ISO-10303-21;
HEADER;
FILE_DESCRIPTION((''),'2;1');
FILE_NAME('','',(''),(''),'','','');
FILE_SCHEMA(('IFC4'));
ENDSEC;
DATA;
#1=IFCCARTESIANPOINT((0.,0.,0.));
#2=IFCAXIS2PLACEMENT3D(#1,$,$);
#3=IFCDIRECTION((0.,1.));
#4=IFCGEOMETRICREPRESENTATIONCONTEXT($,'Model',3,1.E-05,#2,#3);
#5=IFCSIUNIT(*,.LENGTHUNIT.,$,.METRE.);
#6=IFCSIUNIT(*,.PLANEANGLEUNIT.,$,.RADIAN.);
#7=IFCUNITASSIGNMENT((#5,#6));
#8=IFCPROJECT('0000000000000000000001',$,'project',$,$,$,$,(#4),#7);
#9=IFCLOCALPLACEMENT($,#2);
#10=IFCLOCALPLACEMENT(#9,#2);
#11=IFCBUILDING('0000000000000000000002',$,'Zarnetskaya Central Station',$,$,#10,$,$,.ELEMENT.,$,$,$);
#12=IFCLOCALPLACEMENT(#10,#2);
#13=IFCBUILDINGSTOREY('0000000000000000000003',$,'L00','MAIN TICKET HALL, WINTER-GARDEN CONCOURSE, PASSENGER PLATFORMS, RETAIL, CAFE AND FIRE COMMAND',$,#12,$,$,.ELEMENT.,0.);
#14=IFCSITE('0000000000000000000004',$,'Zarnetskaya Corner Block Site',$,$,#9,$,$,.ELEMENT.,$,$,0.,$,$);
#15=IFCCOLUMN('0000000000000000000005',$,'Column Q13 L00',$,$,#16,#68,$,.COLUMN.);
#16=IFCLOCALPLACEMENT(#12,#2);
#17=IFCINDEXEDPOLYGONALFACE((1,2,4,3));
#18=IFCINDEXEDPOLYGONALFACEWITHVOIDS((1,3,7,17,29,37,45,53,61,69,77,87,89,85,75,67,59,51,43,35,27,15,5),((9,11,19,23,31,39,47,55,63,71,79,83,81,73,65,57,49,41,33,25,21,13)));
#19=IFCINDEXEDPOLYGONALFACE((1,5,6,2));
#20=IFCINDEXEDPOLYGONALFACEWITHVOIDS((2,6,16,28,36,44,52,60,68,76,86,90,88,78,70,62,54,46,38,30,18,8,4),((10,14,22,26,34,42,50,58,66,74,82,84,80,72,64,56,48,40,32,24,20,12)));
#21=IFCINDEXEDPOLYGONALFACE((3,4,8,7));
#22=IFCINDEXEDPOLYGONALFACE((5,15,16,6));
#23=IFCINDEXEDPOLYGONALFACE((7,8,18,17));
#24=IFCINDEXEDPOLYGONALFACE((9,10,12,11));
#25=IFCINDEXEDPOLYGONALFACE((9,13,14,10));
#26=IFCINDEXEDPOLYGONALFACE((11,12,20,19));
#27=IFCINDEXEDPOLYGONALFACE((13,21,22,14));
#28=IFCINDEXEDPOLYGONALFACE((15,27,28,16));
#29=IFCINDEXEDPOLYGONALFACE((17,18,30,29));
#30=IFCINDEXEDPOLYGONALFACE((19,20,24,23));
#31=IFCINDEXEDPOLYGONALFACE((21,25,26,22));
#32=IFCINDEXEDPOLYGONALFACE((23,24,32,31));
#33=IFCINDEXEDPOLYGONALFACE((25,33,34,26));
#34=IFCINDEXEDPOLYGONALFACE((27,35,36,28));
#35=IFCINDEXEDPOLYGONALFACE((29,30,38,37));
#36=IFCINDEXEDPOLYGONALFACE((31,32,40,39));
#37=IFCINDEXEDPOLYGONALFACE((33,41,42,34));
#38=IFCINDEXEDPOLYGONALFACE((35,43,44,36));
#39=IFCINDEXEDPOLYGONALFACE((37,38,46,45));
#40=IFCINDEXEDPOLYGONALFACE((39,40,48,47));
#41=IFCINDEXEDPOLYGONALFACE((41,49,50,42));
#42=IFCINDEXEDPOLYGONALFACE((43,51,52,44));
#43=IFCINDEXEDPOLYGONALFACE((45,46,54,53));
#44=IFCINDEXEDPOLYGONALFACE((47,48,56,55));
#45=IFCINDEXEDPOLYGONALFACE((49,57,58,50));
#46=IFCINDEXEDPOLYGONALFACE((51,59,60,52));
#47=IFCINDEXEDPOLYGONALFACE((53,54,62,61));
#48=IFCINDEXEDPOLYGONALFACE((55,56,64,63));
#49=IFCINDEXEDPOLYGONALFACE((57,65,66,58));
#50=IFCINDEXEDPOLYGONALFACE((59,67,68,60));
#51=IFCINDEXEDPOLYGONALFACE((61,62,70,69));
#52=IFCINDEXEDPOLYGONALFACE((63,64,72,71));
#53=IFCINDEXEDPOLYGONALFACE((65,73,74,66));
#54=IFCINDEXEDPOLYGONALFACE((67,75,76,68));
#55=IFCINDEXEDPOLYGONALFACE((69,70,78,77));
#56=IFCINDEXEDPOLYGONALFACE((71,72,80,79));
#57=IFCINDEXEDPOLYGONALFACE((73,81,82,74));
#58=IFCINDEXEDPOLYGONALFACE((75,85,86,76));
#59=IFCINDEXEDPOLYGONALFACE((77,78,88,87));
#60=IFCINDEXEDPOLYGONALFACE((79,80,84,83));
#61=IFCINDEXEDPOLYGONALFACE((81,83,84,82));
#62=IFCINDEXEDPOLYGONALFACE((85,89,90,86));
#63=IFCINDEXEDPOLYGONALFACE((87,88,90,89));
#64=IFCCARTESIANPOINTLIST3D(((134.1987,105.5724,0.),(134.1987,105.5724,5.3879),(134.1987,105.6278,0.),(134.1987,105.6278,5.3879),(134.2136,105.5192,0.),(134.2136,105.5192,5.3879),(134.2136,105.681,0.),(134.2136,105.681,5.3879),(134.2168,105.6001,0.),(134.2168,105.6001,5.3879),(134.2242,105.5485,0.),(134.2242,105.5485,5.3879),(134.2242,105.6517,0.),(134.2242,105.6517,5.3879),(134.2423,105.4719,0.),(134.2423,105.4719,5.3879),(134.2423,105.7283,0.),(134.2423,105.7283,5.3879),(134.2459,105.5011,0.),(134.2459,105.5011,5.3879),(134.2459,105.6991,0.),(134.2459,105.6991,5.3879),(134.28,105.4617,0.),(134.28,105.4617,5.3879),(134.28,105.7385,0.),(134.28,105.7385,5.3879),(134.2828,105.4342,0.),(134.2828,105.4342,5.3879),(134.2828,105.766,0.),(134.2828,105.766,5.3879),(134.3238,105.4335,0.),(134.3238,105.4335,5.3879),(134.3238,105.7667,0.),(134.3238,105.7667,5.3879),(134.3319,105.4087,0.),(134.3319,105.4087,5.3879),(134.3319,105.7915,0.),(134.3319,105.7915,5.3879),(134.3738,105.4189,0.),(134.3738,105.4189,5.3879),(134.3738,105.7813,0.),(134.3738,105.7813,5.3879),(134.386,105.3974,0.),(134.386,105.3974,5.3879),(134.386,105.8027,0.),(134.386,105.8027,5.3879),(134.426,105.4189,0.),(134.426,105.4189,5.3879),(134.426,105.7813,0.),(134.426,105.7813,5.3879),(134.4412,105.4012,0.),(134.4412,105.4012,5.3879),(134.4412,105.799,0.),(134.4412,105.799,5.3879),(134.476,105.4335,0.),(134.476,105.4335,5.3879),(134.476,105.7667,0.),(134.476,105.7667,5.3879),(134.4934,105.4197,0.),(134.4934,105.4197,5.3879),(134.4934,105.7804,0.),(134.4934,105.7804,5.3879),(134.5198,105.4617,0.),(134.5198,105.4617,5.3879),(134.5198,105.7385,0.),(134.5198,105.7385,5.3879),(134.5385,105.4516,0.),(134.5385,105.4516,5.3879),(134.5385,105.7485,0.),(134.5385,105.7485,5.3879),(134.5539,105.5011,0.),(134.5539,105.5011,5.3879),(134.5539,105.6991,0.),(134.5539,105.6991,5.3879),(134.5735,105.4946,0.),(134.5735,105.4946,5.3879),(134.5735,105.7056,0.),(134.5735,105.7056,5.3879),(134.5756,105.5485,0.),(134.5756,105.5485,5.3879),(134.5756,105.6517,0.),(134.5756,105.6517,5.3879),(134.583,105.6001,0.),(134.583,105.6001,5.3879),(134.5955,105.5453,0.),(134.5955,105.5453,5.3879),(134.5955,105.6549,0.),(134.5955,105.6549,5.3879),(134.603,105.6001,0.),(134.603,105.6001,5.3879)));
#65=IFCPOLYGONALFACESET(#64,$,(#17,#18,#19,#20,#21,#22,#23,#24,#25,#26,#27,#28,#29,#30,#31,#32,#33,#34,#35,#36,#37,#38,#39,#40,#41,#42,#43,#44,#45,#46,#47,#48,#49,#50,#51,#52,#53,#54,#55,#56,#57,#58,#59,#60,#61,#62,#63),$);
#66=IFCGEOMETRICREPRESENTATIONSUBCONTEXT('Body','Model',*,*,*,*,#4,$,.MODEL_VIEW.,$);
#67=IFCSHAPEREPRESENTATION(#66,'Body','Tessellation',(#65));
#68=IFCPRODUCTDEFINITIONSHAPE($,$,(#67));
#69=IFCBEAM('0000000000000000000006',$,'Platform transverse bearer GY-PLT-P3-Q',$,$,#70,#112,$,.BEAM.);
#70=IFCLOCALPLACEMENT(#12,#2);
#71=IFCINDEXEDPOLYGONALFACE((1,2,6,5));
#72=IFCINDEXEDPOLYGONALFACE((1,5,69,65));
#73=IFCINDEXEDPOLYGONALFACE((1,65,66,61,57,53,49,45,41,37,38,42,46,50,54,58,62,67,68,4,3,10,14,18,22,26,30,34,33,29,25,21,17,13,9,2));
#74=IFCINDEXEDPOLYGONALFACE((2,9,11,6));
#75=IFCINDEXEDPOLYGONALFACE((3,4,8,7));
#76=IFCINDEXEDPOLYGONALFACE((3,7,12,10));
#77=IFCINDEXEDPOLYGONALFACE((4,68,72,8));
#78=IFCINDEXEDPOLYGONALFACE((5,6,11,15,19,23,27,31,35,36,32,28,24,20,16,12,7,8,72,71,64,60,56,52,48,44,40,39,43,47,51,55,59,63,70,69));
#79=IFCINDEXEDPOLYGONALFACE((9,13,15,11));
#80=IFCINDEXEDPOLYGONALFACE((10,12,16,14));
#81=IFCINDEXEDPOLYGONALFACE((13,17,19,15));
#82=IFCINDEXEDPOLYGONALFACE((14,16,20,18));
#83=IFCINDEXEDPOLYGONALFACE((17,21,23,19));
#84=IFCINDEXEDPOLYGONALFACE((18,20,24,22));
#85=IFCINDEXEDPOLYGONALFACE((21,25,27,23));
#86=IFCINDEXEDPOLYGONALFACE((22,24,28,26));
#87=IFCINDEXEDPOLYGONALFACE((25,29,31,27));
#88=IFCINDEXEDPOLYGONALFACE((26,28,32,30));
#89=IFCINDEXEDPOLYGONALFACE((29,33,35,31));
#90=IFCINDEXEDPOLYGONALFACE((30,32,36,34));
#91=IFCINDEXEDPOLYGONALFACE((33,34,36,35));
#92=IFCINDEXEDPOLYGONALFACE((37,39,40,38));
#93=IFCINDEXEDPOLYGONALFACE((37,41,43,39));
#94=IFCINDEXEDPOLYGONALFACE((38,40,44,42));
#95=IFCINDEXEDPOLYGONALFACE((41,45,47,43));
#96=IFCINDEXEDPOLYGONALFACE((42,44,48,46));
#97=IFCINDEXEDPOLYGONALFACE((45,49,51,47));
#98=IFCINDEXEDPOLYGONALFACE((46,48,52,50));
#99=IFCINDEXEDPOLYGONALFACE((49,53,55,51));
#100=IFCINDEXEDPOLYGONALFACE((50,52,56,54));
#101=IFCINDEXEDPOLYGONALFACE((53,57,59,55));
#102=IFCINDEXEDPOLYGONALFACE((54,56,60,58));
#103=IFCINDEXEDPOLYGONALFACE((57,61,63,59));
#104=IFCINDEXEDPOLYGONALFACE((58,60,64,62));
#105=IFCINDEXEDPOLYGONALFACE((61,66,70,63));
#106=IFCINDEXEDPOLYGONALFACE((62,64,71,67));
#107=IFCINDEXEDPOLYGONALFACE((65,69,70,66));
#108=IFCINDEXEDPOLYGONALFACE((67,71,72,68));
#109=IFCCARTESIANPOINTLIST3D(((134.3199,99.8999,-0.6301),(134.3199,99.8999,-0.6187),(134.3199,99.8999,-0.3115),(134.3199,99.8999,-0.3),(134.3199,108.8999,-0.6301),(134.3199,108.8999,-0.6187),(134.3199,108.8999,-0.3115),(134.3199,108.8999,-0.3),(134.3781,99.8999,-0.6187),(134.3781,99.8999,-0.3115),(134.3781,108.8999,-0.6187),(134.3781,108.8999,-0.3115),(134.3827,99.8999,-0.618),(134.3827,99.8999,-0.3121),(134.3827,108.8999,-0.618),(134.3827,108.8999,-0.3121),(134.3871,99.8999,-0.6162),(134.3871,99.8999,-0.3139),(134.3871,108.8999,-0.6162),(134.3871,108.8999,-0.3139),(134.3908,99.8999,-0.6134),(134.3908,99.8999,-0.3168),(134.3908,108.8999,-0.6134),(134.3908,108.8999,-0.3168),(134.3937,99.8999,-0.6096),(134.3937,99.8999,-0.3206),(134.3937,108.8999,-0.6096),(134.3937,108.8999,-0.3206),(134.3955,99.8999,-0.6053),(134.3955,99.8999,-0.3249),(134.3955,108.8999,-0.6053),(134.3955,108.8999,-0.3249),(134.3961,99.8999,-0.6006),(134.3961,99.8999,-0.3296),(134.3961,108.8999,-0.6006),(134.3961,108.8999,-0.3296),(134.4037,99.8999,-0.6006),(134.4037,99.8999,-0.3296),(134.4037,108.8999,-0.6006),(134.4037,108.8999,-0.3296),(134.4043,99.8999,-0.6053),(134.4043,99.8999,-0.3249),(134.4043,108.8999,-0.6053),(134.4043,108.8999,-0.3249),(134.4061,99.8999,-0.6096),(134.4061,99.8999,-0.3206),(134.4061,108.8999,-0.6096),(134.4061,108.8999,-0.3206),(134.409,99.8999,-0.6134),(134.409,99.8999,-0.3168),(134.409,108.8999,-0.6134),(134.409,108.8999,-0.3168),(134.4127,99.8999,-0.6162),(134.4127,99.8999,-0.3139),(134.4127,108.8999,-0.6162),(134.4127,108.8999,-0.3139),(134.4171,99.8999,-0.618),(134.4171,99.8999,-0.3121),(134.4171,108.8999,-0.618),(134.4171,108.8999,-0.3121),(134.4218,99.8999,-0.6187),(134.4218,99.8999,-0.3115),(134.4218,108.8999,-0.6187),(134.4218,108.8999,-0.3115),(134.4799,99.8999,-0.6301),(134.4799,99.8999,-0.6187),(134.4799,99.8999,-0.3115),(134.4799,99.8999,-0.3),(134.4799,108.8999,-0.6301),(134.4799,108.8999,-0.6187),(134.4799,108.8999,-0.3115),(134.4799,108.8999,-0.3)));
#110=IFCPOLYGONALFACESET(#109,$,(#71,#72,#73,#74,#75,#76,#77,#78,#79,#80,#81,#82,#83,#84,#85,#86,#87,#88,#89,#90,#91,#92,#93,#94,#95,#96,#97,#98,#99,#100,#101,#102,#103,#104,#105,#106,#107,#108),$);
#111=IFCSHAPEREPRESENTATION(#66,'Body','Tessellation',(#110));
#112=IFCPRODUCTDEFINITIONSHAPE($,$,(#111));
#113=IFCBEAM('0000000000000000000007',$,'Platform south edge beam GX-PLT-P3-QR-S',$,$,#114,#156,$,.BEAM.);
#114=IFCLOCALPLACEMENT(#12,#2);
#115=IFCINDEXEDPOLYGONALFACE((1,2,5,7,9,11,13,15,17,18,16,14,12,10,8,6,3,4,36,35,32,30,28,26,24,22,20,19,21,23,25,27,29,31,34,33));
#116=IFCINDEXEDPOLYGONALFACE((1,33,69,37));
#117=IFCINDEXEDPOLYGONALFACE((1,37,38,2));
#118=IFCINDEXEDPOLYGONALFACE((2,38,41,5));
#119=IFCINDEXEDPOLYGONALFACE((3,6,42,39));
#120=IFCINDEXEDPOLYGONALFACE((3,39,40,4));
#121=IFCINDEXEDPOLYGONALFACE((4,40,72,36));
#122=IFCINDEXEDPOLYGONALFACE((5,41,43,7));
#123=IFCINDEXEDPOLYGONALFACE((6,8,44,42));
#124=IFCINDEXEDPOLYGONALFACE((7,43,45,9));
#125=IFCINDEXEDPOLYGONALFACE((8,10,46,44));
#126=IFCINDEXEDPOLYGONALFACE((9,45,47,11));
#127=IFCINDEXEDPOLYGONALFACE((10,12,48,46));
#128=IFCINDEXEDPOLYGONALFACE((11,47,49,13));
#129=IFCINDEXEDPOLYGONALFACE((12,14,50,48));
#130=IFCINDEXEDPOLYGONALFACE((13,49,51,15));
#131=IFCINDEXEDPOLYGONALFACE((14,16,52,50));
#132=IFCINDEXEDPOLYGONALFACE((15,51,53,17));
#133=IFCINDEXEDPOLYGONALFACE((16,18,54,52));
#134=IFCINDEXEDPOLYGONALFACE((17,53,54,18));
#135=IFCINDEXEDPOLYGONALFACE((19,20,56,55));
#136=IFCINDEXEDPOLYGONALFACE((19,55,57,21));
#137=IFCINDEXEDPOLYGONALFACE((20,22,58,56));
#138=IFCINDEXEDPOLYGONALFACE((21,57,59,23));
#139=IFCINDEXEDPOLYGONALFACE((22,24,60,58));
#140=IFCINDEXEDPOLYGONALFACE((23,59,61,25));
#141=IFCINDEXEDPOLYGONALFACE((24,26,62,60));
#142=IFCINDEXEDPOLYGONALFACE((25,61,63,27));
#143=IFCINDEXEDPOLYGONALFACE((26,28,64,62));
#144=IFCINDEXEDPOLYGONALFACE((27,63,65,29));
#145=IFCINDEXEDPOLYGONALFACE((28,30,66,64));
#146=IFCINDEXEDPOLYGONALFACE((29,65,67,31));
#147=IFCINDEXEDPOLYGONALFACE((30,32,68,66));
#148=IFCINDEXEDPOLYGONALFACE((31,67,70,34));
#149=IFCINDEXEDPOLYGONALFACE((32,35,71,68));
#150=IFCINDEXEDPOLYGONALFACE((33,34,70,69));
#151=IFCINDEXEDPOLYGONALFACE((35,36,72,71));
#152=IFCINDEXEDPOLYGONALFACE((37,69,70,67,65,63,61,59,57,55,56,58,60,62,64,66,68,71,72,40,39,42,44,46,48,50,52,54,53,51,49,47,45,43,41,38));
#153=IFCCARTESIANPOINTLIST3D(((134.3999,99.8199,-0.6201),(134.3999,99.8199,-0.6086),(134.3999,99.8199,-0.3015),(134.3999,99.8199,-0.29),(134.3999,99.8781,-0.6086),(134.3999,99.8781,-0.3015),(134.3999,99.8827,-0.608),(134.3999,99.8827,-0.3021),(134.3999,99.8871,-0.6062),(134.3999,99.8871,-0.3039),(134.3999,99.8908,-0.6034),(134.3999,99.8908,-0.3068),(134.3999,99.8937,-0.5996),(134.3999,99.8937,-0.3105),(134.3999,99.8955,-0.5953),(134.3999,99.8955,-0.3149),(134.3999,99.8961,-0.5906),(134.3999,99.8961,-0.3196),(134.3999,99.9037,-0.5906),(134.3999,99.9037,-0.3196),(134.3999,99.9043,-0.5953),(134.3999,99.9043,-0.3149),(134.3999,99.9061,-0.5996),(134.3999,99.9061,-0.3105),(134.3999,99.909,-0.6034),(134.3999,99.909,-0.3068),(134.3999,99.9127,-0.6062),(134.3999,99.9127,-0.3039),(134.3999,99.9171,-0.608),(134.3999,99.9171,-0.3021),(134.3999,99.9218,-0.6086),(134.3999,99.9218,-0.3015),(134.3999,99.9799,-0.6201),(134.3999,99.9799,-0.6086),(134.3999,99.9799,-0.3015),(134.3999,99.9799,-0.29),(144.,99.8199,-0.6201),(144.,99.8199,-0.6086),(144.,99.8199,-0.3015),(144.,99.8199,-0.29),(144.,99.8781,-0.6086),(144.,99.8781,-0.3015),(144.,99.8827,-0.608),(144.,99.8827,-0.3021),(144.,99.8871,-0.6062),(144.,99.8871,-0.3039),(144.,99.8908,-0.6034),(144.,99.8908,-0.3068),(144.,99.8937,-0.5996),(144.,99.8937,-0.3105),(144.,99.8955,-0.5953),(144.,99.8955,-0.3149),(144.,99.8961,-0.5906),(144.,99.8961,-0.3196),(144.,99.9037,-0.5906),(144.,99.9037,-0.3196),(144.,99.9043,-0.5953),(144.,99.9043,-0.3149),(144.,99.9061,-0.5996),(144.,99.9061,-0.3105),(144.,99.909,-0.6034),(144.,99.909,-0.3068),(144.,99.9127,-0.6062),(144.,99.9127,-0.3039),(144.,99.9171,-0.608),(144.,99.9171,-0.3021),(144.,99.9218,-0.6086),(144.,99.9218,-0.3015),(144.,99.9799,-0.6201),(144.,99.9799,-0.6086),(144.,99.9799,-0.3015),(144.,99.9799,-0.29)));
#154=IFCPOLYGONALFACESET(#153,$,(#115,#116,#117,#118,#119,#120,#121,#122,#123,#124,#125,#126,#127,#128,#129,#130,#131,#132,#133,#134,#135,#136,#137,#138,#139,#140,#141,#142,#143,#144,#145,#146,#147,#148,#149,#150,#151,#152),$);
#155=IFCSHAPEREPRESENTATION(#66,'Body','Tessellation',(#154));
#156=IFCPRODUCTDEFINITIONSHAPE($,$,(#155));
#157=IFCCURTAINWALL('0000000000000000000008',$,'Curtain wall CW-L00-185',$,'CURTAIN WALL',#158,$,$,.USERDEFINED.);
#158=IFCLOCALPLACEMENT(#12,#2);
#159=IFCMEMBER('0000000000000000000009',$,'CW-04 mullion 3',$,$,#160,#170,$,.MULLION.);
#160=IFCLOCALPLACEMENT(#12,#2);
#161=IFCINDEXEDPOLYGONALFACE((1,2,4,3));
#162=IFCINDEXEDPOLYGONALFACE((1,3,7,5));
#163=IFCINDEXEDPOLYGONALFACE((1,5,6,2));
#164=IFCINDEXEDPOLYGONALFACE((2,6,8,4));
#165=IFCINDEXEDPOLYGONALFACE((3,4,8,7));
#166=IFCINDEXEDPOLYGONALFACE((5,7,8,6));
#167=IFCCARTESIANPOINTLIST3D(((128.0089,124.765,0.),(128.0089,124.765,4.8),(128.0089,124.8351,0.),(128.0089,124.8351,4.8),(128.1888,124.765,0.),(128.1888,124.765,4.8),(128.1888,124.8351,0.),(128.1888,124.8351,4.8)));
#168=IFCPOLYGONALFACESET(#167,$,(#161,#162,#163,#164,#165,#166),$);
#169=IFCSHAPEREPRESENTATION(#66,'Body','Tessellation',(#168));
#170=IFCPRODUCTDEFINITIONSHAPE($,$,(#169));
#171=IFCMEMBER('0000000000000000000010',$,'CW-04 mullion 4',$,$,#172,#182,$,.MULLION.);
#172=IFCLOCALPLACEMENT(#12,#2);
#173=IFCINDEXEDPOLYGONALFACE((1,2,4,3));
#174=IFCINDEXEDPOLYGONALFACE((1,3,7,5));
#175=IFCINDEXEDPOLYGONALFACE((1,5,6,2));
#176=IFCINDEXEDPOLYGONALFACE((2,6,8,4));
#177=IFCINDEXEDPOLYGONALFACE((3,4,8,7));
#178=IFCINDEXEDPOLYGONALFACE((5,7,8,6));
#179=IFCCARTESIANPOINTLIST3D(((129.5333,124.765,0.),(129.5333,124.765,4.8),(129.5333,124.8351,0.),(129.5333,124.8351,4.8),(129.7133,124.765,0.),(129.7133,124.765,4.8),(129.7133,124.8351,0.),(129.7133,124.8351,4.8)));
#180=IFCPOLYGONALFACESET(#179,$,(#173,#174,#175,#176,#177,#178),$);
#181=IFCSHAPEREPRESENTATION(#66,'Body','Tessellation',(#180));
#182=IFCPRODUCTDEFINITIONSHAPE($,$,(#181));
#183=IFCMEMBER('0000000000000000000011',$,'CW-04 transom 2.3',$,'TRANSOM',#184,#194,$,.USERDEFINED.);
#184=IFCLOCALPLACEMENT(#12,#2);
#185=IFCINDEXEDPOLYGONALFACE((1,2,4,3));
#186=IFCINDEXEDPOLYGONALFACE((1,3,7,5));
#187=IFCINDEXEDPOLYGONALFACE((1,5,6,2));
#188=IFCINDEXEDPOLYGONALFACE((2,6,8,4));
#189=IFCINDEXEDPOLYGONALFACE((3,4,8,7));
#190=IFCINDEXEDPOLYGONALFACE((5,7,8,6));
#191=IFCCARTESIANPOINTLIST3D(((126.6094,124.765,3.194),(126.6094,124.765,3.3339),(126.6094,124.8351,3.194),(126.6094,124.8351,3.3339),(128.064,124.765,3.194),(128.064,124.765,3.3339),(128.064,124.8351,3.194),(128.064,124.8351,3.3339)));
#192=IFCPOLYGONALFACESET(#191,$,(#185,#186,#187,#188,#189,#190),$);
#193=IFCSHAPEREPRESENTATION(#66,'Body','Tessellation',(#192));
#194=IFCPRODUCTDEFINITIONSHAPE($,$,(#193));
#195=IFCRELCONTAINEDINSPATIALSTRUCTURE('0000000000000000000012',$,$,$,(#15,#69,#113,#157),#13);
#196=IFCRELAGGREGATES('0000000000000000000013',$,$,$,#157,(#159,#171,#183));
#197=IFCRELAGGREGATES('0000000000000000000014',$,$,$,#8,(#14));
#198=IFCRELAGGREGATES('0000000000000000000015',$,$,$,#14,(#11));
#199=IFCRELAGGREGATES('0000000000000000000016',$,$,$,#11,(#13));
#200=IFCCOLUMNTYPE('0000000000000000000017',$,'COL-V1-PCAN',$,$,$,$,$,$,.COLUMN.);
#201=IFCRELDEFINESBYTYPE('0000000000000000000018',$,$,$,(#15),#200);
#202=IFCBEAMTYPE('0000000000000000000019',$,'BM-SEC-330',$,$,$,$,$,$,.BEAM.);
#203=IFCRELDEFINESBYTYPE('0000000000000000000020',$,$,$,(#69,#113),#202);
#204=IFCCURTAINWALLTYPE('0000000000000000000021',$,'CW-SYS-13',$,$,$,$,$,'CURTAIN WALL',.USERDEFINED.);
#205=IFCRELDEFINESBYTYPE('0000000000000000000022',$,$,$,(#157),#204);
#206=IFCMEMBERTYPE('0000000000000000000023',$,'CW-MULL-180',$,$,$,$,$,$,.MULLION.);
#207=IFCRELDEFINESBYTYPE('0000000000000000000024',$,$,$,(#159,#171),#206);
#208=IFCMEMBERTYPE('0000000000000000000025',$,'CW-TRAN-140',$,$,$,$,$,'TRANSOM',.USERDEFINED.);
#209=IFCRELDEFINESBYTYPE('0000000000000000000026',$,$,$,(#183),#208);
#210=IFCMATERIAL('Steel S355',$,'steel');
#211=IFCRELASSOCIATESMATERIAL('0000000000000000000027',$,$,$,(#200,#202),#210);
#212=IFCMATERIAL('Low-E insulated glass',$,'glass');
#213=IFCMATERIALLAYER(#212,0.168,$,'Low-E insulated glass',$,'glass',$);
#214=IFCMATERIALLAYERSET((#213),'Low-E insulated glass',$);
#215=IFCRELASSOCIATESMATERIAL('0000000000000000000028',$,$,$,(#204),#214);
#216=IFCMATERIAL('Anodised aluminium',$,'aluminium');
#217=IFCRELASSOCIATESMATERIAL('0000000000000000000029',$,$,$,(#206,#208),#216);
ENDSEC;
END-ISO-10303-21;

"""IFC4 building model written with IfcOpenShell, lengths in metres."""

from ifc_helpers import new_model, si_unit, direction, frame, origin, origin_2d, place, context, subcontext, project, spatial, rectangle, hollow_circle, i_section, extrude, material, layer, layer_set, material_profile, profile_set, type_object, element, aggregate, save


model = new_model("IFC4")

# Units and contexts
model_context = context("Model", 3, precision=1e-05, world=origin(), true_north=direction((0.0, 1.0)))
body_context = subcontext(model_context, "Body", "Model", "MODEL_VIEW")
ifc_project = project(units=[si_unit("LENGTHUNIT", "METRE"), si_unit("PLANEANGLEUNIT", "RADIAN")], contexts=[model_context])

# Site, building, storey
site_placement = place(None, origin())
site = spatial("IfcSite", under=ifc_project, at=site_placement, Name="Zarnetskaya Corner Block Site", CompositionType="ELEMENT", RefElevation=0.0)
building_placement = place(site_placement, origin())
building = spatial("IfcBuilding", under=site, at=building_placement, Name="Zarnetskaya Central Station", CompositionType="ELEMENT")
storey_placement = place(building_placement, origin())
storey = spatial("IfcBuildingStorey", under=building, at=storey_placement, Name="L00", Description="MAIN TICKET HALL, WINTER-GARDEN CONCOURSE, PASSENGER PLATFORMS, RETAIL, CAFE AND FIRE COMMAND", CompositionType="ELEMENT", Elevation=0.0)

# Column
ifc_material_1 = material(Name="Steel S355", Category="steel")
ifc_material_profile_1 = material_profile(ifc_material_1, hollow_circle(Radius=0.2031, WallThickness=0.02, at=origin_2d()), Name="CHS 406.4x20")
ifc_profile_set_1 = profile_set([ifc_material_profile_1], Name="Steel S355")
column_type = type_object("IfcColumnType", Name="COL-V1-PCAN", PredefinedType="COLUMN", material=ifc_profile_set_1)
column_placement = place(storey_placement, frame((134.3999, 105.6001, 0.0), z_axis=(0.0, 0.0, 1.0), x_axis=(1.0, 0.0, 0.0)))
element("IfcColumn", 1, at=column_placement, inside=storey, type_object=column_type, Name="Column Q13 L00", PredefinedType="COLUMN", context=body_context, shape_type="SweptSolid", body=[
    extrude(hollow_circle(Radius=0.2031, WallThickness=0.02, at=origin_2d()), origin(), (0.0, 0.0, 1.0), 5.3879),
])

# Beams
ifc_material_profile_2 = material_profile(ifc_material_1, i_section(OverallWidth=0.1599, OverallDepth=0.3301, WebThickness=0.0076, FlangeThickness=0.0115, FilletRadius=0.0181, at=origin_2d()), Name="IPE 330")
ifc_profile_set_2 = profile_set([ifc_material_profile_2], Name="Steel S355")
beam_type_1 = type_object("IfcBeamType", Name="BM-SEC-330", PredefinedType="BEAM", material=ifc_profile_set_2)
beam_1_placement = place(storey_placement, frame((134.3999, 99.8999, -0.4651), z_axis=(0.0, 1.0, 0.0), x_axis=(-1.0, 0.0, 0.0)))
element("IfcBeam", 2, at=beam_1_placement, inside=storey, type_object=beam_type_1, Name="Platform transverse bearer GY-PLT-P3-Q", PredefinedType="BEAM", context=body_context, shape_type="SweptSolid", body=[
    extrude(i_section(OverallWidth=0.1599, OverallDepth=0.3301, WebThickness=0.0076, FlangeThickness=0.0115, FilletRadius=0.0181, at=origin_2d()), origin(), (0.0, 0.0, 1.0), 9.0),
])
beam_2_placement = place(storey_placement, frame((134.3999, 99.8999, -0.4551), z_axis=(1.0, 0.0, 0.0), x_axis=(0.0, 1.0, 0.0)))
element("IfcBeam", 3, at=beam_2_placement, inside=storey, type_object=beam_type_1, Name="Platform south edge beam GX-PLT-P3-QR-S", PredefinedType="BEAM", context=body_context, shape_type="SweptSolid", body=[
    extrude(i_section(OverallWidth=0.1599, OverallDepth=0.3301, WebThickness=0.0076, FlangeThickness=0.0115, FilletRadius=0.0181, at=origin_2d()), origin(), (0.0, 0.0, 1.0), 9.6001),
])

# Curtain wall, members
ifc_material_2 = material(Name="Low-E insulated glass", Category="glass")
ifc_layer_1 = layer(ifc_material_2, 0.168, Name="Low-E insulated glass", Category="glass")
ifc_layer_set_1 = layer_set([ifc_layer_1], Name="Low-E insulated glass")
curtain_wall_type = type_object("IfcCurtainWallType", Name="CW-SYS-13", ElementType="CURTAIN WALL", PredefinedType="USERDEFINED", material=ifc_layer_set_1)
curtain_wall_placement = place(storey_placement, origin())
curtain_wall = element("IfcCurtainWall", 4, at=curtain_wall_placement, inside=storey, type_object=curtain_wall_type, Name="Curtain wall CW-L00-185", ObjectType="CURTAIN WALL", PredefinedType="USERDEFINED")
ifc_material_3 = material(Name="Anodised aluminium", Category="aluminium")
ifc_material_profile_3 = material_profile(ifc_material_3, rectangle(XDim=0.0701, YDim=0.1799, at=origin_2d()), Name="ALU MULL 70x180")
ifc_profile_set_3 = profile_set([ifc_material_profile_3], Name="Anodised aluminium")
member_type_1 = type_object("IfcMemberType", Name="CW-MULL-180", PredefinedType="MULLION", material=ifc_profile_set_3)
member_1_placement = place(storey_placement, frame((128.0989, 124.8, 0.0), z_axis=(0.0, 0.0, 1.0), x_axis=(0.0, 1.0, 0.0)))
member_1 = element("IfcMember", 5, at=member_1_placement, type_object=member_type_1, Name="CW-04 mullion 3", PredefinedType="MULLION", context=body_context, shape_type="SweptSolid", body=[
    extrude(rectangle(XDim=0.0701, YDim=0.1799, at=origin_2d()), origin(), (0.0, 0.0, 1.0), 4.8),
])
member_2_placement = place(storey_placement, frame((129.6233, 124.8, 0.0), z_axis=(0.0, 0.0, 1.0), x_axis=(0.0, 1.0, 0.0)))
member_2 = element("IfcMember", 6, at=member_2_placement, type_object=member_type_1, Name="CW-04 mullion 4", PredefinedType="MULLION", context=body_context, shape_type="SweptSolid", body=[
    extrude(rectangle(XDim=0.0701, YDim=0.1799, at=origin_2d()), origin(), (0.0, 0.0, 1.0), 4.8),
])
ifc_material_profile_4 = material_profile(ifc_material_3, rectangle(XDim=0.0701, YDim=0.1399, at=origin_2d()), Name="ALU TRAN 70x140")
ifc_profile_set_4 = profile_set([ifc_material_profile_4], Name="Anodised aluminium")
member_type_2 = type_object("IfcMemberType", Name="CW-TRAN-140", ElementType="TRANSOM", PredefinedType="USERDEFINED", material=ifc_profile_set_4)
member_3_placement = place(storey_placement, frame((126.6094, 124.8, 3.2639), z_axis=(1.0, 0.0, 0.0), x_axis=(0.0, 1.0, 0.0)))
member_3 = element("IfcMember", 7, at=member_3_placement, type_object=member_type_2, Name="CW-04 transom 2.3", ObjectType="TRANSOM", PredefinedType="USERDEFINED", context=body_context, shape_type="SweptSolid", body=[
    extrude(rectangle(XDim=0.0701, YDim=0.1399, at=origin_2d()), origin(), (0.0, 0.0, 1.0), 1.4546),
])

aggregate(curtain_wall, [member_1, member_2, member_3])

save(model, "model.ifc")
